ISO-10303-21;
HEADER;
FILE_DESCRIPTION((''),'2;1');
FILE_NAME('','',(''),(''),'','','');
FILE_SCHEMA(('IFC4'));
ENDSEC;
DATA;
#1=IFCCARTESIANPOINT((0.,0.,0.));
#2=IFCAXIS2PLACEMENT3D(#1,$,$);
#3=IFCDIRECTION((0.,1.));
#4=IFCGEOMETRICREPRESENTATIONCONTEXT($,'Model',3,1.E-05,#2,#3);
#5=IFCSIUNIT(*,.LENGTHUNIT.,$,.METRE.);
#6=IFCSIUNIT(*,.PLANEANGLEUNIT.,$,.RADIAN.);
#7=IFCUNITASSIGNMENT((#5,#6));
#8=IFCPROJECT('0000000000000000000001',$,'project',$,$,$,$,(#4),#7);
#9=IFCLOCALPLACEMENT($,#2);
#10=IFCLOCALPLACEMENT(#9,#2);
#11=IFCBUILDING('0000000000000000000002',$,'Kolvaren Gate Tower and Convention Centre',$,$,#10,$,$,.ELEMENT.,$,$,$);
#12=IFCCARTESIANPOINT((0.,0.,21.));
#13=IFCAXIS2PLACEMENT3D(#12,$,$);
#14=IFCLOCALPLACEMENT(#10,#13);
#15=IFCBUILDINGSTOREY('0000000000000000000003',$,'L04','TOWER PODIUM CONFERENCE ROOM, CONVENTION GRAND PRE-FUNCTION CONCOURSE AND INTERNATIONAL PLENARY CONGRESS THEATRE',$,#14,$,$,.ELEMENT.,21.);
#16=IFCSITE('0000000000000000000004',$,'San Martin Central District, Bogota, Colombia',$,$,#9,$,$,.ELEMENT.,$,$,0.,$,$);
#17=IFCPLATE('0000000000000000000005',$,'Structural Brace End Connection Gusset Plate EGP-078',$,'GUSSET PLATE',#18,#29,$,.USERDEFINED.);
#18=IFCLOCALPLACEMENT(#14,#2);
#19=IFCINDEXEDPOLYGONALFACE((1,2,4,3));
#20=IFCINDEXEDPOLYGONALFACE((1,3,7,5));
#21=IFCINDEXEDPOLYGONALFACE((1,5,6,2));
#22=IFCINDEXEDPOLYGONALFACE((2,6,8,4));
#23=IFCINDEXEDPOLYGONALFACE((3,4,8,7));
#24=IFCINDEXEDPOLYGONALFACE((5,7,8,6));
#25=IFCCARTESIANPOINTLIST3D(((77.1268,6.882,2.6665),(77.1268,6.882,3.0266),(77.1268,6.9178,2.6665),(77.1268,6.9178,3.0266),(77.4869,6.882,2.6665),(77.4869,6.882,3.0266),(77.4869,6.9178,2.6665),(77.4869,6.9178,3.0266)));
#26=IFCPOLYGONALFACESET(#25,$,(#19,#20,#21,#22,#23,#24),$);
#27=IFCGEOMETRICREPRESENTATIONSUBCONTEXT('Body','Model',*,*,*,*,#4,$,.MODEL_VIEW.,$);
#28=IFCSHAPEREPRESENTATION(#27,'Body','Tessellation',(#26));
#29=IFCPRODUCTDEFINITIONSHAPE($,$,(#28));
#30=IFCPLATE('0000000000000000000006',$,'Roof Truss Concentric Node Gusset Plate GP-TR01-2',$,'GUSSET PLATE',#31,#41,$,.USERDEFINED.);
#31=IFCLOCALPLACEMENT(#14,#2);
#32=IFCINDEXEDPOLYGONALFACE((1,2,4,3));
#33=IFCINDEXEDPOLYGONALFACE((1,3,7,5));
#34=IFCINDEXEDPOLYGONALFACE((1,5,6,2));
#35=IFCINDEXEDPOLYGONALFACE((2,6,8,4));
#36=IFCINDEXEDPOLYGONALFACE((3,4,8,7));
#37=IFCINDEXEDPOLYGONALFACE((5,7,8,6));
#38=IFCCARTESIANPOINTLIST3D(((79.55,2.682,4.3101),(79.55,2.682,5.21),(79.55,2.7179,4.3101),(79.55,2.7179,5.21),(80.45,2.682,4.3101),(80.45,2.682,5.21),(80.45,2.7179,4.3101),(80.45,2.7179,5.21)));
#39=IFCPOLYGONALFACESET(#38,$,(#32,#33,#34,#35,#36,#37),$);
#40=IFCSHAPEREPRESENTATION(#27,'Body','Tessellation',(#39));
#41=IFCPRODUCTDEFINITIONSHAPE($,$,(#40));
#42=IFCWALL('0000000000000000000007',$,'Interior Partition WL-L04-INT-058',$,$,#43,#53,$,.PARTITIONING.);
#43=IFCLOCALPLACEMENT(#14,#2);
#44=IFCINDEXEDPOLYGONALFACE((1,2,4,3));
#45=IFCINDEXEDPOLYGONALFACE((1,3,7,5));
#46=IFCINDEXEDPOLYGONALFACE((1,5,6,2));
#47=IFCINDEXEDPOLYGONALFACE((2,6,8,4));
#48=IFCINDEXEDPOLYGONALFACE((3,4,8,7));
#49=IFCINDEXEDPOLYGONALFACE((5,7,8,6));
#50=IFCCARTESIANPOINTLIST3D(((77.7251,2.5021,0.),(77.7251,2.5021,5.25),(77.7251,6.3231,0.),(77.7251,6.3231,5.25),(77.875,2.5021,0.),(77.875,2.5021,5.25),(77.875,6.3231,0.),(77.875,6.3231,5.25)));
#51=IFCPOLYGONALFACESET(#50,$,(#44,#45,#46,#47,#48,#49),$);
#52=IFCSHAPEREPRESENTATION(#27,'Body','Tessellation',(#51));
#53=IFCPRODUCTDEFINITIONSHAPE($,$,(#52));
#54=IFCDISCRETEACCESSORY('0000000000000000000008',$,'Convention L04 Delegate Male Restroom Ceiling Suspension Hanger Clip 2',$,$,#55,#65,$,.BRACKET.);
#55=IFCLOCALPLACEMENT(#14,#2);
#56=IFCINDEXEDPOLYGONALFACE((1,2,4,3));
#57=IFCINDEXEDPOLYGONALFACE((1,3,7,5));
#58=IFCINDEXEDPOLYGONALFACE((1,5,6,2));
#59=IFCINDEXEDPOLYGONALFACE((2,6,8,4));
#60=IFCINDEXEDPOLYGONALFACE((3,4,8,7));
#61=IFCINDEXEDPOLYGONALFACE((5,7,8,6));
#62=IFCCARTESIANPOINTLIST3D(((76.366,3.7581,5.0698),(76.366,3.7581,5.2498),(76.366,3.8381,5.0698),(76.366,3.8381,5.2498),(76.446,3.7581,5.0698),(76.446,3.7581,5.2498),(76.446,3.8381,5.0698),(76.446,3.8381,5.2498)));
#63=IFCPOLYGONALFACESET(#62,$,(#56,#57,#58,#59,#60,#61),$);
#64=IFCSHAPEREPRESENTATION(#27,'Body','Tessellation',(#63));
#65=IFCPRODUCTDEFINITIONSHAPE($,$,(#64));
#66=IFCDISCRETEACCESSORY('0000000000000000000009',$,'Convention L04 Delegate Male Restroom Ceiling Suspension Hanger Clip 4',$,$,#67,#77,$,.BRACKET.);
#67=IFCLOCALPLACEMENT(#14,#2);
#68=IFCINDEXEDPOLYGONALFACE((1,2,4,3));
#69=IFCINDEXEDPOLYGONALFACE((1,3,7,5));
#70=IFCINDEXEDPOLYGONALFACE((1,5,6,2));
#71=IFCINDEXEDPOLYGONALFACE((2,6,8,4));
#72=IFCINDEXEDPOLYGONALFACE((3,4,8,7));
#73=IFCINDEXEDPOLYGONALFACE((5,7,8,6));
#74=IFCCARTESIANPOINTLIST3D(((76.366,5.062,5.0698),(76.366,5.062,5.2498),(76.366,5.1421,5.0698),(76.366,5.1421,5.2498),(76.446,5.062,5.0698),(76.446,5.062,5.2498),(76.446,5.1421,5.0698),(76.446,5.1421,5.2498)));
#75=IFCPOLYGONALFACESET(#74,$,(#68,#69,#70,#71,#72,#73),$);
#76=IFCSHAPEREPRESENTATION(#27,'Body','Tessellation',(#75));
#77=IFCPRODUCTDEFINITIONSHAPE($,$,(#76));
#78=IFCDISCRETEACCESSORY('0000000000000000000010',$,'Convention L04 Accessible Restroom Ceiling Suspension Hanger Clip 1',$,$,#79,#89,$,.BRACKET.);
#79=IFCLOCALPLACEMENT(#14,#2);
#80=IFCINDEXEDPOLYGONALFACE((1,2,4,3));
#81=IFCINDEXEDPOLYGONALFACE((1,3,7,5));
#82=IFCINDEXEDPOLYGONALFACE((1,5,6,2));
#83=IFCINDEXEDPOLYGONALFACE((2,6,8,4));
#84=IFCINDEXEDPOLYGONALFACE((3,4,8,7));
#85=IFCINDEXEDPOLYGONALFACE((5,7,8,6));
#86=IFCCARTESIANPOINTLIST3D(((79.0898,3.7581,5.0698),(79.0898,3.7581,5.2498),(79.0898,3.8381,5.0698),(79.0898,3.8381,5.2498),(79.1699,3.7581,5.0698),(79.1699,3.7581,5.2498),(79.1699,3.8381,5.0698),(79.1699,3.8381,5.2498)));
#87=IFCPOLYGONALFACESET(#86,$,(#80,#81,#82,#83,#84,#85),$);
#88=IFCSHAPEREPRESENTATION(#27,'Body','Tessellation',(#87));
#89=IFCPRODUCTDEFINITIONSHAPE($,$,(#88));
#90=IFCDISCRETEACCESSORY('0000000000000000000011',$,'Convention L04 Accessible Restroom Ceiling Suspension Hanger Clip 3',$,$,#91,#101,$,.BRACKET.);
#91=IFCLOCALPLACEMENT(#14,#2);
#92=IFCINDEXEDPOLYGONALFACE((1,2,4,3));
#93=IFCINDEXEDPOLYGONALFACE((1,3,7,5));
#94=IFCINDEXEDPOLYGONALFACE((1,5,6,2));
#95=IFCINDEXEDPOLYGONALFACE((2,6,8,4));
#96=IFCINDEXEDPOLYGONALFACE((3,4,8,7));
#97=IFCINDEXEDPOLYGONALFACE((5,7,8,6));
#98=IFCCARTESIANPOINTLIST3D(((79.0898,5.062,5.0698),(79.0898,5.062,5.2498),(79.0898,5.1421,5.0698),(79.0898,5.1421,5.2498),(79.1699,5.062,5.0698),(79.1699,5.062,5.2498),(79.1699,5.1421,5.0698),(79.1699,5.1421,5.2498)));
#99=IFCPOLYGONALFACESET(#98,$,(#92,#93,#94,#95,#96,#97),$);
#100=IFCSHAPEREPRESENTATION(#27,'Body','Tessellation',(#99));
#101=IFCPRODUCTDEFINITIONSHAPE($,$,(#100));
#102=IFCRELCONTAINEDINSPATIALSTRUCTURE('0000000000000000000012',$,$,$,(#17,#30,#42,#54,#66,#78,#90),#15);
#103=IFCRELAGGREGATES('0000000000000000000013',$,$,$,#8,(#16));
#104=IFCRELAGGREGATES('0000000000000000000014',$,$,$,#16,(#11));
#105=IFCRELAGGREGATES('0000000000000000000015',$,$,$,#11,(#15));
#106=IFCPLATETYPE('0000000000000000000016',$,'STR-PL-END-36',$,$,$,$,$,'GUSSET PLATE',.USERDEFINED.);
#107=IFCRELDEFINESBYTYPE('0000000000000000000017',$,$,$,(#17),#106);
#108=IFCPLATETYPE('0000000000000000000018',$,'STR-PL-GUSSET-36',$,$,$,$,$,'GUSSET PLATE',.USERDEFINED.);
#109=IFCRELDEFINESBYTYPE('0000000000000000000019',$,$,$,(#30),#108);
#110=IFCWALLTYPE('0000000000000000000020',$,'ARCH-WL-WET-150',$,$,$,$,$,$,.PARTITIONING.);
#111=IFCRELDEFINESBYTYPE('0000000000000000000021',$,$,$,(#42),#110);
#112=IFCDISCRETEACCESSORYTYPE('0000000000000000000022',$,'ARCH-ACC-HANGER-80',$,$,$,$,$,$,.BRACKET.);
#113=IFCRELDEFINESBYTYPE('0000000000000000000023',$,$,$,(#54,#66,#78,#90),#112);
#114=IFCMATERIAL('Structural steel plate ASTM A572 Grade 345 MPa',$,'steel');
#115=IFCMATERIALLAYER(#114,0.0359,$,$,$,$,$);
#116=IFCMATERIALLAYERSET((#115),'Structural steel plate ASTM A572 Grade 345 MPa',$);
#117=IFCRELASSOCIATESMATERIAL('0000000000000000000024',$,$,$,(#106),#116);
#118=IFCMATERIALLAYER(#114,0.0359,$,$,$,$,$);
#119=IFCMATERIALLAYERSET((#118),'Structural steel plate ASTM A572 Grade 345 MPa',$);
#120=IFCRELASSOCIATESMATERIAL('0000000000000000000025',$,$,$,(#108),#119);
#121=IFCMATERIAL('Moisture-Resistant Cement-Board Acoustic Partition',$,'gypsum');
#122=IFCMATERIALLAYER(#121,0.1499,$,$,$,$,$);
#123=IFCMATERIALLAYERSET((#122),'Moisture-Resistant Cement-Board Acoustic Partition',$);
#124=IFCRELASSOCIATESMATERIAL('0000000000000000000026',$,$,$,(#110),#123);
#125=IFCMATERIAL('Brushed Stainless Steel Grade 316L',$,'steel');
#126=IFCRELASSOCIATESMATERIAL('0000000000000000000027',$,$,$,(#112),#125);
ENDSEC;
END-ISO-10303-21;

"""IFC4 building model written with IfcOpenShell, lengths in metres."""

from ifc_helpers import new_model, si_unit, direction, frame, frame_2d, origin, origin_2d, place, context, subcontext, project, spatial, rectangle, extrude, material, layer, layer_set, type_object, element, save


model = new_model("IFC4")

# Units and contexts
model_context = context("Model", 3, precision=1e-05, world=origin(), true_north=direction((0.0, 1.0)))
body_context = subcontext(model_context, "Body", "Model", "MODEL_VIEW")
ifc_project = project(units=[si_unit("LENGTHUNIT", "METRE"), si_unit("PLANEANGLEUNIT", "RADIAN")], contexts=[model_context])

# Site, building, storey
site_placement = place(None, origin())
site = spatial("IfcSite", under=ifc_project, at=site_placement, Name="San Martin Central District, Bogota, Colombia", CompositionType="ELEMENT", RefElevation=0.0)
building_placement = place(site_placement, origin())
building = spatial("IfcBuilding", under=site, at=building_placement, Name="Kolvaren Gate Tower and Convention Centre", CompositionType="ELEMENT")
storey_placement = place(building_placement, frame((0.0, 0.0, 21.0)))
storey = spatial("IfcBuildingStorey", under=building, at=storey_placement, Name="L04", Description="TOWER PODIUM CONFERENCE ROOM, CONVENTION GRAND PRE-FUNCTION CONCOURSE AND INTERNATIONAL PLENARY CONGRESS THEATRE", CompositionType="ELEMENT", Elevation=21.0)

# Plates
ifc_material_1 = material(Name="Structural steel plate ASTM A572 Grade 345 MPa", Category="steel")
ifc_layer_1 = layer(ifc_material_1, 0.0359)
ifc_layer_set_1 = layer_set([ifc_layer_1], Name="Structural steel plate ASTM A572 Grade 345 MPa")
plate_type_1 = type_object("IfcPlateType", Name="STR-PL-END-36", ElementType="GUSSET PLATE", PredefinedType="USERDEFINED", material=ifc_layer_set_1)
for number, where, z_axis, x_axis, name in (
    (1, (77.3069, 6.8999, 2.6665), (0.0, 0.0, 1.0), (1.0, 0.0, 0.0), "Structural Brace End Connection Gusset Plate EGP-078"),
):
    element("IfcPlate", number, at=place(storey_placement, frame(where, z_axis=z_axis, x_axis=x_axis)), inside=storey, type_object=plate_type_1, Name=name, ObjectType="GUSSET PLATE", PredefinedType="USERDEFINED", context=body_context, shape_type="SweptSolid", body=[
        extrude(rectangle(XDim=0.3601, YDim=0.0359, at=origin_2d()), origin(), (0.0, 0.0, 1.0), 0.3601),
    ])
ifc_layer_2 = layer(ifc_material_1, 0.0359)
ifc_layer_set_2 = layer_set([ifc_layer_2], Name="Structural steel plate ASTM A572 Grade 345 MPa")
plate_type_2 = type_object("IfcPlateType", Name="STR-PL-GUSSET-36", ElementType="GUSSET PLATE", PredefinedType="USERDEFINED", material=ifc_layer_set_2)
plate_placement = place(storey_placement, frame((80.0, 2.7, 4.3101), z_axis=(0.0, 0.0, 1.0), x_axis=(1.0, 0.0, 0.0)))
element("IfcPlate", 2, at=plate_placement, inside=storey, type_object=plate_type_2, Name="Roof Truss Concentric Node Gusset Plate GP-TR01-2", ObjectType="GUSSET PLATE", PredefinedType="USERDEFINED", context=body_context, shape_type="SweptSolid", body=[
    extrude(rectangle(XDim=0.8999, YDim=0.0359, at=origin_2d()), origin(), (0.0, 0.0, 1.0), 0.8999),
])

# Wall
ifc_material_2 = material(Name="Moisture-Resistant Cement-Board Acoustic Partition", Category="gypsum")
ifc_layer_3 = layer(ifc_material_2, 0.1499)
ifc_layer_set_3 = layer_set([ifc_layer_3], Name="Moisture-Resistant Cement-Board Acoustic Partition")
wall_type = type_object("IfcWallType", Name="ARCH-WL-WET-150", PredefinedType="PARTITIONING", material=ifc_layer_set_3)
wall_placement = place(storey_placement, frame((77.8, 2.502, 0.0), z_axis=(0.0, 0.0, 1.0), x_axis=(0.0, 1.0, 0.0)))
element("IfcWall", 3, at=wall_placement, inside=storey, type_object=wall_type, Name="Interior Partition WL-L04-INT-058", PredefinedType="PARTITIONING", context=body_context, shape_type="SweptSolid", body=[
    extrude(rectangle(XDim=3.821, YDim=0.1499, at=frame_2d((1.9106, 0.0))), origin(), (0.0, 0.0, 1.0), 5.25),
])

# Discrete accessories
ifc_material_3 = material(Name="Brushed Stainless Steel Grade 316L", Category="steel")
discrete_accessory_type = type_object("IfcDiscreteAccessoryType", Name="ARCH-ACC-HANGER-80", PredefinedType="BRACKET", material=ifc_material_3)
for number, where, z_axis, x_axis, name in (
    (4, (76.406, 3.7981, 5.0698), (0.0, 0.0, 1.0), (1.0, 0.0, 0.0), "Convention L04 Delegate Male Restroom Ceiling Suspension Hanger Clip 2"),
    (5, (76.406, 5.1021, 5.0698), (0.0, 0.0, 1.0), (1.0, 0.0, 0.0), "Convention L04 Delegate Male Restroom Ceiling Suspension Hanger Clip 4"),
    (6, (79.1299, 3.7981, 5.0698), (0.0, 0.0, 1.0), (1.0, 0.0, 0.0), "Convention L04 Accessible Restroom Ceiling Suspension Hanger Clip 1"),
    (7, (79.1299, 5.1021, 5.0698), (0.0, 0.0, 1.0), (1.0, 0.0, 0.0), "Convention L04 Accessible Restroom Ceiling Suspension Hanger Clip 3"),
):
    element("IfcDiscreteAccessory", number, at=place(storey_placement, frame(where, z_axis=z_axis, x_axis=x_axis)), inside=storey, type_object=discrete_accessory_type, Name=name, PredefinedType="BRACKET", context=body_context, shape_type="SweptSolid", body=[
        extrude(rectangle(XDim=0.0801, YDim=0.0801, at=origin_2d()), origin(), (0.0, 0.0, 1.0), 0.1799),
    ])

save(model, "model.ifc")
